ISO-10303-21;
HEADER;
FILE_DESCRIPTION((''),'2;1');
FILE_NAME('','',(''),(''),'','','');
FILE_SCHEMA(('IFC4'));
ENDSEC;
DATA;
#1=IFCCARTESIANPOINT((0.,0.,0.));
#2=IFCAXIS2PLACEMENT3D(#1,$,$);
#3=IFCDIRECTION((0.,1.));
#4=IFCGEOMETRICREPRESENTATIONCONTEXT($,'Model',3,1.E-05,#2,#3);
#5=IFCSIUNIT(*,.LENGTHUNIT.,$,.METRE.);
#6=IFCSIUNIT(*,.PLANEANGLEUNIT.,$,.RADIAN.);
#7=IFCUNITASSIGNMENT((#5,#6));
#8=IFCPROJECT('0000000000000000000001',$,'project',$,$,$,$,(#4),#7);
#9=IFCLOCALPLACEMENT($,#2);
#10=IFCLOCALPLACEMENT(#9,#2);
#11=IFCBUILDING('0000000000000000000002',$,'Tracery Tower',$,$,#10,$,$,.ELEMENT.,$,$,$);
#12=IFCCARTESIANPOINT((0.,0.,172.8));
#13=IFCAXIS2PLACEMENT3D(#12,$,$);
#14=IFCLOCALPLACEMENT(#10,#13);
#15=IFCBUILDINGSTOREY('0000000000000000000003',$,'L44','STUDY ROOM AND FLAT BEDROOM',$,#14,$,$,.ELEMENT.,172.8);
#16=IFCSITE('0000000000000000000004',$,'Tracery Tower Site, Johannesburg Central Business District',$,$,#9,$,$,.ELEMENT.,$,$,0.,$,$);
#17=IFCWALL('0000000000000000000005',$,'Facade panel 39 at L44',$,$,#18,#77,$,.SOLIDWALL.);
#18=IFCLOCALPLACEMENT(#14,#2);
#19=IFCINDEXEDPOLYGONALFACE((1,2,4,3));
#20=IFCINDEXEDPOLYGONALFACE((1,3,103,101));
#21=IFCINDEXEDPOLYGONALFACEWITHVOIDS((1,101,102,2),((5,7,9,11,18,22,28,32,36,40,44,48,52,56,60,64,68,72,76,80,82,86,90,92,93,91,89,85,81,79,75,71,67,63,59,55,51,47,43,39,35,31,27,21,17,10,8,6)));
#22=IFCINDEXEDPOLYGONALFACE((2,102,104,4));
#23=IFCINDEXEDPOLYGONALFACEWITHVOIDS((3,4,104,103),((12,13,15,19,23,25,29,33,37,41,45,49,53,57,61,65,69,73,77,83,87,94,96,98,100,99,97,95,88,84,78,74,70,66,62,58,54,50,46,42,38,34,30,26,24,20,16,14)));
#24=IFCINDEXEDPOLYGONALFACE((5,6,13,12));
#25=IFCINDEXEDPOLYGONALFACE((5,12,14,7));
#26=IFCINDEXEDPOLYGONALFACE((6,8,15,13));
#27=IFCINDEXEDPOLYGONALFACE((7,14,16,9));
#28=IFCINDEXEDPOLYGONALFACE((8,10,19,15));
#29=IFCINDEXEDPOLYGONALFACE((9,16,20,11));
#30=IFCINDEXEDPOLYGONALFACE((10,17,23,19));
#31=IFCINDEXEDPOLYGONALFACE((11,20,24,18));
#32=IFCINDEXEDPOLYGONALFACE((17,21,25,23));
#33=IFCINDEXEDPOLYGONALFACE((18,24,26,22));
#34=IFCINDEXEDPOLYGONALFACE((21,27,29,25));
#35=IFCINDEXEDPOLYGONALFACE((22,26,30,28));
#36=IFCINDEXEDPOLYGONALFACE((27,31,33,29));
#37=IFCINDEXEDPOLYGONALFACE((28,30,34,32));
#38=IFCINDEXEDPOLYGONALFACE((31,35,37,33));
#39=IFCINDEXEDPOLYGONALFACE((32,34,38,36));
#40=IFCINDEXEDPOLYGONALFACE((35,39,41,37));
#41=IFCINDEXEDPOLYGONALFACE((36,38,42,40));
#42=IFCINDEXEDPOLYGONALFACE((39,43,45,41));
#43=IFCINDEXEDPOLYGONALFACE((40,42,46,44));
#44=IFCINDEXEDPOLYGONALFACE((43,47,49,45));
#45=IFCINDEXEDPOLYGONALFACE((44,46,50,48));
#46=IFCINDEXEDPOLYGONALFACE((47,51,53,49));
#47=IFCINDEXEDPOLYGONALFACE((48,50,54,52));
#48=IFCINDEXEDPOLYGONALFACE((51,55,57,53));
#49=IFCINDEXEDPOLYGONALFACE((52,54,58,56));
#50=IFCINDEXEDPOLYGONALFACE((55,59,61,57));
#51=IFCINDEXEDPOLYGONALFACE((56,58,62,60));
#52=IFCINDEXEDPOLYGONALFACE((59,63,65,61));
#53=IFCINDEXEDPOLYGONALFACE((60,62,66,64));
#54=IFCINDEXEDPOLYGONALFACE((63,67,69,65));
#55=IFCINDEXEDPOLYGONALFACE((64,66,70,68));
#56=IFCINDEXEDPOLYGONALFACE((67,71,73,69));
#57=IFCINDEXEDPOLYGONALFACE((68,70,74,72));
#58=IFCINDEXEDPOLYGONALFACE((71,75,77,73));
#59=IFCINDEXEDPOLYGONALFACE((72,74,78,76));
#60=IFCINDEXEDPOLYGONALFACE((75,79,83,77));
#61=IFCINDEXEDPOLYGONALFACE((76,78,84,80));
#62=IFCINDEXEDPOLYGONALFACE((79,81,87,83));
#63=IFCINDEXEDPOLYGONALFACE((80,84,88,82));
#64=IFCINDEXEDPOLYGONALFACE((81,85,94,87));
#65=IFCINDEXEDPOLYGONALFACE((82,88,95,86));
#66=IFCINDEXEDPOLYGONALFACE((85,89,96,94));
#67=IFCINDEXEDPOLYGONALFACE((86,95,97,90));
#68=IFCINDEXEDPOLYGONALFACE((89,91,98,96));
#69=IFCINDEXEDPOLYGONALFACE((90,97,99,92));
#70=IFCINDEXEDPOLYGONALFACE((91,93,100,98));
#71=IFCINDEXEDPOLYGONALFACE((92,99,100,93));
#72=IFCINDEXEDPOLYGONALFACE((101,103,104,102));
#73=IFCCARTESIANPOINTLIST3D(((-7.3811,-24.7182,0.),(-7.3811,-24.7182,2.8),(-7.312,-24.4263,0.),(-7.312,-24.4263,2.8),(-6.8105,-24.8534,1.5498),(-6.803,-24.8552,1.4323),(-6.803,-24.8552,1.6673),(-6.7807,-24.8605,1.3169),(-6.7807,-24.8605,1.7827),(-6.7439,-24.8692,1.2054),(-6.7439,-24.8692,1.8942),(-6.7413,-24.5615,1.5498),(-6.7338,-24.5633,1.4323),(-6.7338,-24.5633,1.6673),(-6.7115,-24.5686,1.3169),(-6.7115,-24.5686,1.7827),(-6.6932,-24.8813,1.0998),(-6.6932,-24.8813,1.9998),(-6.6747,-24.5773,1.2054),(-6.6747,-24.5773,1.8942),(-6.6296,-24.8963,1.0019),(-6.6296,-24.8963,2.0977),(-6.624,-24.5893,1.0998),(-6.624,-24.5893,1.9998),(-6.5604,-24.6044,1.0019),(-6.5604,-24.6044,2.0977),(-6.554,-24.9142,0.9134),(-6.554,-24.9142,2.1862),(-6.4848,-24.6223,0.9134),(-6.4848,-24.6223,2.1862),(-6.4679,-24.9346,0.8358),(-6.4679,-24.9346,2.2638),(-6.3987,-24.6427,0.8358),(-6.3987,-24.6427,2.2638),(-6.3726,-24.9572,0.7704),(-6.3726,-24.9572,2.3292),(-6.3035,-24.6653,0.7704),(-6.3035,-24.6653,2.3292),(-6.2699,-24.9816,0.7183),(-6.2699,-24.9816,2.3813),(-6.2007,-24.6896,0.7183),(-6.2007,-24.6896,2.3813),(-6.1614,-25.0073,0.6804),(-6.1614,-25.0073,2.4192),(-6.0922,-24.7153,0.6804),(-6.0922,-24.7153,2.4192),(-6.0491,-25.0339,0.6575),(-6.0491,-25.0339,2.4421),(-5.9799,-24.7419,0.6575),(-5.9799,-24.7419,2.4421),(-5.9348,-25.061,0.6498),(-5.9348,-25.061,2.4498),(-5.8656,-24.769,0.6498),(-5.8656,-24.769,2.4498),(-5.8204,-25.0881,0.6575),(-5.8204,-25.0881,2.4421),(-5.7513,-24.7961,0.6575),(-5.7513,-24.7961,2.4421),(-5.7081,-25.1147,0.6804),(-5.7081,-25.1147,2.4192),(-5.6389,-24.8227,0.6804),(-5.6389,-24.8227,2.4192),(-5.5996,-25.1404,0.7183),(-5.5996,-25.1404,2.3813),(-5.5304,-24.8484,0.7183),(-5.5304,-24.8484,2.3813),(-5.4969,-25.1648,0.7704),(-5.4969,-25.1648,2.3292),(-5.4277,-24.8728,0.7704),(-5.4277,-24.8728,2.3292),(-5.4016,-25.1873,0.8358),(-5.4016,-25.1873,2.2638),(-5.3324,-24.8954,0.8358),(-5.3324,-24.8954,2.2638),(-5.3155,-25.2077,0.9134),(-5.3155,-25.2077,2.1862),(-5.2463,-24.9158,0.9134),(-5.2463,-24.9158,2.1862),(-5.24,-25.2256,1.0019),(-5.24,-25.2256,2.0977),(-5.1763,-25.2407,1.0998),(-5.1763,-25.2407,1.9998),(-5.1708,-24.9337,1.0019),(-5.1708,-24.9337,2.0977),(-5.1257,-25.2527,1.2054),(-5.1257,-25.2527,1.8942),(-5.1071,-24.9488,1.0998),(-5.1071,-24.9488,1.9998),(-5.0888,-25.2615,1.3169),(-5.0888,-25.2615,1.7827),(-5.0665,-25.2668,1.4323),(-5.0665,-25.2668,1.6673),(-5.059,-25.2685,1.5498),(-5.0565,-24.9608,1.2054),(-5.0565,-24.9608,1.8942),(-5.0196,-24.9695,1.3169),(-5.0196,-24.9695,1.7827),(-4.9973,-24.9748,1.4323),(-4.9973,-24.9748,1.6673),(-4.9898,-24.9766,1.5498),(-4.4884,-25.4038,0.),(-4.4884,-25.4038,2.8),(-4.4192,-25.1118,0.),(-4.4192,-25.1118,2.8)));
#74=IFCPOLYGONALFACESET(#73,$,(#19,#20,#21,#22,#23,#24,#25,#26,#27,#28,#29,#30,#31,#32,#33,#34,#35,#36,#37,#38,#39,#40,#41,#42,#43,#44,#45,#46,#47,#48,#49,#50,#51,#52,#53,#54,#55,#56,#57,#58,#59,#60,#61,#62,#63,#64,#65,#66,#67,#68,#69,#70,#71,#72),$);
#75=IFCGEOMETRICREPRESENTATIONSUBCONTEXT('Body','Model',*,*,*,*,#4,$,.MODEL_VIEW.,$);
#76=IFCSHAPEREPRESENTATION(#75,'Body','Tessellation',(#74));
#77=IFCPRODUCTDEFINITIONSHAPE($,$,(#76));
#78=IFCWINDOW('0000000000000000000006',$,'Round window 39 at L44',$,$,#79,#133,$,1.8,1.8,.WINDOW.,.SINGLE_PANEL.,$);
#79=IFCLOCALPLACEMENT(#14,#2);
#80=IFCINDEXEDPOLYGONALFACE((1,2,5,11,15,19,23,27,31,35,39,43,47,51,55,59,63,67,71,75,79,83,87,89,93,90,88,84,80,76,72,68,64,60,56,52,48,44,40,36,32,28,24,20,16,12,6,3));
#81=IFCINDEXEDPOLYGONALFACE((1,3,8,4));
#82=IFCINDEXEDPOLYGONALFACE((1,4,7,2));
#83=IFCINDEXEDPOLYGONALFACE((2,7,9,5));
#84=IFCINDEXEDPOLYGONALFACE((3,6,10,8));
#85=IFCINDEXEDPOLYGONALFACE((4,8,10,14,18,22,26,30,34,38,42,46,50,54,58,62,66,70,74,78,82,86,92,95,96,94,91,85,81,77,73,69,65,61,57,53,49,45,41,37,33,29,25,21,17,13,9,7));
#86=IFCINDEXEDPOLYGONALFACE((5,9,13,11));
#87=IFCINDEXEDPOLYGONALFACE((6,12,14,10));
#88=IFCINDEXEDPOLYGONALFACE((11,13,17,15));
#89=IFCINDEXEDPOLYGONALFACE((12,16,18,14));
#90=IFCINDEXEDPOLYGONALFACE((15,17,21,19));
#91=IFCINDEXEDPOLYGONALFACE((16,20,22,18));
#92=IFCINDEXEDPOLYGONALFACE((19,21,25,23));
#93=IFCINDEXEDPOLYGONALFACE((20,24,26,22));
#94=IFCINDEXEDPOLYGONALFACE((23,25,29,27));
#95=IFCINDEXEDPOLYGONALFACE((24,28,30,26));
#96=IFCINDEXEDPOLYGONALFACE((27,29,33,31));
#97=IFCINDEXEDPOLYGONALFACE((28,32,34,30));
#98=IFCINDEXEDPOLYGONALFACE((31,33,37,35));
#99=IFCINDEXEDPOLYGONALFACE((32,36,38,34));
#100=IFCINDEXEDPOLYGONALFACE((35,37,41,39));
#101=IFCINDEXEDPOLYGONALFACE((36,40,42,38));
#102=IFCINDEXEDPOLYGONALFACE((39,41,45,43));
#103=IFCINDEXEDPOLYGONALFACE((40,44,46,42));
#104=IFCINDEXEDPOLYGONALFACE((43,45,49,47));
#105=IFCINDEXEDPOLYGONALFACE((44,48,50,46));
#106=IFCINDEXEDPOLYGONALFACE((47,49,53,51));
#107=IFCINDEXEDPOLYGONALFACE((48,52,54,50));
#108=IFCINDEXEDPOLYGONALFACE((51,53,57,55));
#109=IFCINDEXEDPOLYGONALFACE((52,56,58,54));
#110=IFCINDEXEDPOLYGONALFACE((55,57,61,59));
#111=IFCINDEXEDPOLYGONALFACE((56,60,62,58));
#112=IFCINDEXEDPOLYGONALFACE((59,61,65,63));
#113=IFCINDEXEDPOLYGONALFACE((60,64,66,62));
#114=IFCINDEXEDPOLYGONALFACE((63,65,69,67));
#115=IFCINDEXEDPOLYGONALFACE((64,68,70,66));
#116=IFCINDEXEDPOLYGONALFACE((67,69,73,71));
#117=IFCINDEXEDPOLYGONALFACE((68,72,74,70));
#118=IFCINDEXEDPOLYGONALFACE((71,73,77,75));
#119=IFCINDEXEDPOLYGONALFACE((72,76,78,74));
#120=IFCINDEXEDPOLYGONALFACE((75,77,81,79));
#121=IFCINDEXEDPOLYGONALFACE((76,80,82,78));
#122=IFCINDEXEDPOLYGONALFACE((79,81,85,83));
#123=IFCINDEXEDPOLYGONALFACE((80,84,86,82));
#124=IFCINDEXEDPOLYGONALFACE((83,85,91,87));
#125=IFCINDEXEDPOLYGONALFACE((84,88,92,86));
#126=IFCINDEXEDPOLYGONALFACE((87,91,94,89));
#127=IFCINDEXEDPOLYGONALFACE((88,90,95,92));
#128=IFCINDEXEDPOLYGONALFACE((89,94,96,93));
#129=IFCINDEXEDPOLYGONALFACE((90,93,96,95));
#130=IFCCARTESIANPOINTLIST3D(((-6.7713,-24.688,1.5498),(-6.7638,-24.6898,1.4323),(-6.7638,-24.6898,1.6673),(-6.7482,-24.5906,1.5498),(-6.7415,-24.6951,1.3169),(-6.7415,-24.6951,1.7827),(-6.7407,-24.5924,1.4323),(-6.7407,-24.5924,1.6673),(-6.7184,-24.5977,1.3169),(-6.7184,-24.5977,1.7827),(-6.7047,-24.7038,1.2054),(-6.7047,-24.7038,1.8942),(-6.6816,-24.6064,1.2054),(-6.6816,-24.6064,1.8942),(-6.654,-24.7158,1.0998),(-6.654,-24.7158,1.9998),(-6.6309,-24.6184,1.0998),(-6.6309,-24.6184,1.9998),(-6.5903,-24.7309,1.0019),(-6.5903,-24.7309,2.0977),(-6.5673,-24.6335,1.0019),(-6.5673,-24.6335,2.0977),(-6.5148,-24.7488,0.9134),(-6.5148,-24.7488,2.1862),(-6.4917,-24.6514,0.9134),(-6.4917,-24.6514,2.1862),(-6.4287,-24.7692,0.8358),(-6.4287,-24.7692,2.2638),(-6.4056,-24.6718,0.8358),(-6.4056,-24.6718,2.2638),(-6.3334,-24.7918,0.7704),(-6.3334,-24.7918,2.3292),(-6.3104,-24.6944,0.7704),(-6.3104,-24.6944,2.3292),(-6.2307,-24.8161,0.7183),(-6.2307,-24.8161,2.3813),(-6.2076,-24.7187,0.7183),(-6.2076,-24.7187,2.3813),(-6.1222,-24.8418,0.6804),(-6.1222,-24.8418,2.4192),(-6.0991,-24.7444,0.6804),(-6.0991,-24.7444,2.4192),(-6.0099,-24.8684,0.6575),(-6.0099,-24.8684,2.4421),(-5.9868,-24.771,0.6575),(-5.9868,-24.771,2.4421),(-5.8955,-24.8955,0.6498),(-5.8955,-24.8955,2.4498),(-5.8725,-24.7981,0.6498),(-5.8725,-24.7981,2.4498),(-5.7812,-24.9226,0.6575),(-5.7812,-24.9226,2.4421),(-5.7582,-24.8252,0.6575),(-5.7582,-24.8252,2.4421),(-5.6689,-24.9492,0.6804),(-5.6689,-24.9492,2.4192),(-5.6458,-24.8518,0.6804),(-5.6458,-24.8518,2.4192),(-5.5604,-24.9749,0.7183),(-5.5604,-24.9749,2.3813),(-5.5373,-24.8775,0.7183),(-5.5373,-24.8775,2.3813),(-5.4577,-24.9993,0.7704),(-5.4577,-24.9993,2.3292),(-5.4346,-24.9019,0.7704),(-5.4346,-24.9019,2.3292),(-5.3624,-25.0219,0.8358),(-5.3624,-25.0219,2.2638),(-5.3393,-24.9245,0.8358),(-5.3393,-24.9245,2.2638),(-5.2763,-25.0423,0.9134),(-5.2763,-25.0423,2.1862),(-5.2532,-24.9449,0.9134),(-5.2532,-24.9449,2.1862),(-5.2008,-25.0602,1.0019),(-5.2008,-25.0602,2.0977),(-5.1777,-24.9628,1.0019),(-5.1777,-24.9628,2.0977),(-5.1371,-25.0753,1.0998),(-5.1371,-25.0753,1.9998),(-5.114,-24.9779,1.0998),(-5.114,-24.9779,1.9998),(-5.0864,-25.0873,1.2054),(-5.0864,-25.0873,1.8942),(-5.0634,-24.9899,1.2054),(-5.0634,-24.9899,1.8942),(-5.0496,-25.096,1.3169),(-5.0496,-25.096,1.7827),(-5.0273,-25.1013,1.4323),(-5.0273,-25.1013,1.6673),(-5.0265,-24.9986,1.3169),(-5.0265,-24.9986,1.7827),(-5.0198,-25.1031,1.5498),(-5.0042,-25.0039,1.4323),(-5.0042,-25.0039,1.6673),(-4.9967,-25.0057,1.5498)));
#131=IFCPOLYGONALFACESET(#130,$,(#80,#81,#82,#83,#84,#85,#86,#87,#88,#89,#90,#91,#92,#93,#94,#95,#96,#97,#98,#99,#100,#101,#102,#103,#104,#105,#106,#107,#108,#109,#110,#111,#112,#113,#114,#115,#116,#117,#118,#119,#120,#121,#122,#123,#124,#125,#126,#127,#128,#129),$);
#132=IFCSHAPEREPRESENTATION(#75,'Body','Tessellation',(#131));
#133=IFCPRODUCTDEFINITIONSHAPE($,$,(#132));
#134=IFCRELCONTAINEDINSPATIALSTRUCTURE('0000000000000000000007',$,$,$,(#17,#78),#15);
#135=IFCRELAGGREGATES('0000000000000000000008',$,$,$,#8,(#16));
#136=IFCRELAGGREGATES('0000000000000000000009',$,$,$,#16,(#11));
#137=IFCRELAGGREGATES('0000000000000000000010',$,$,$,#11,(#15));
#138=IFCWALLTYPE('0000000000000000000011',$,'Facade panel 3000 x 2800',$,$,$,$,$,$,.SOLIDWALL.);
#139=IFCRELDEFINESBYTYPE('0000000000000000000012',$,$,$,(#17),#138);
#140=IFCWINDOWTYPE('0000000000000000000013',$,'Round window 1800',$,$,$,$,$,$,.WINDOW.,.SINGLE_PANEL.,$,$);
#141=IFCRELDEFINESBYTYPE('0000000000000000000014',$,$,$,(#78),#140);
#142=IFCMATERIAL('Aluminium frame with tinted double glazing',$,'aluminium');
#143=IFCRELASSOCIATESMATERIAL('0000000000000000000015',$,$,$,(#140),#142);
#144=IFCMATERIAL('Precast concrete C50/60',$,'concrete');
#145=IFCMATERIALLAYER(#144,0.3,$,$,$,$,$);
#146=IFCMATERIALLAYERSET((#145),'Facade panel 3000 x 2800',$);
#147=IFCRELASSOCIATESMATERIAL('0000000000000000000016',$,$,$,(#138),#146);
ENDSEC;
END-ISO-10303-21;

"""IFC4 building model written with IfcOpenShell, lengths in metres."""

from ifc_helpers import new_model, si_unit, direction, frame, frame_2d, origin, origin_2d, place, context, subcontext, project, spatial, rectangle, circle, extrude, material, layer, layer_set, type_object, element, fill, save


model = new_model("IFC4")

# Units and contexts
model_context = context("Model", 3, precision=1e-05, world=origin(), true_north=direction((0.0, 1.0)))
body_context = subcontext(model_context, "Body", "Model", "MODEL_VIEW")
ifc_project = project(units=[si_unit("LENGTHUNIT", "METRE"), si_unit("PLANEANGLEUNIT", "RADIAN")], contexts=[model_context])

# Site, building, storey
site_placement = place(None, origin())
site = spatial("IfcSite", under=ifc_project, at=site_placement, Name="Tracery Tower Site, Johannesburg Central Business District", CompositionType="ELEMENT", RefElevation=0.0)
building_placement = place(site_placement, origin())
building = spatial("IfcBuilding", under=site, at=building_placement, Name="Tracery Tower", CompositionType="ELEMENT")
storey_placement = place(building_placement, frame((0.0, 0.0, 172.8)))
storey = spatial("IfcBuildingStorey", under=building, at=storey_placement, Name="L44", Description="STUDY ROOM AND FLAT BEDROOM", CompositionType="ELEMENT", Elevation=172.8)

# Wall, opening, window
ifc_material_1 = material(Name="Aluminium frame with tinted double glazing", Category="aluminium")
window_type = type_object("IfcWindowType", Name="Round window 1800", PartitioningType="SINGLE_PANEL", PredefinedType="WINDOW", material=ifc_material_1)
ifc_material_2 = material(Name="Precast concrete C50/60", Category="concrete")
ifc_layer_1 = layer(ifc_material_2, 0.3)
ifc_layer_set_1 = layer_set([ifc_layer_1], Name="Facade panel 3000 x 2800")
wall_type_1 = type_object("IfcWallType", Name="Facade panel 3000 x 2800", PredefinedType="SOLIDWALL", material=ifc_layer_set_1)
wall_1_placement = place(storey_placement, frame((-7.3464, -24.5723, 0.0), z_axis=(0.0, 0.0, 1.0), x_axis=(0.97305, -0.230595, 0.0)))
wall_1 = element("IfcWall", 1, at=wall_1_placement, inside=storey, type_object=wall_type_1, Name="Facade panel 39 at L44", PredefinedType="SOLIDWALL", context=body_context, shape_type="SweptSolid", body=[
    extrude(rectangle(XDim=2.9729, YDim=0.3, at=frame_2d((1.4863, 0.0))), origin(), (0.0, 0.0, 1.0), 2.8),
])
opening_1_placement = place(wall_1_placement, frame((1.4863, 0.0, 1.5498)))
opening_1 = element("IfcOpeningElement", 2, at=opening_1_placement, cuts=wall_1, PredefinedType="OPENING", context=body_context, shape_type="SweptSolid", body=[
    extrude(circle(Radius=0.9, at=origin_2d()), frame((0.0, 0.1599, 0.0), z_axis=(0.0, -1.0, 0.0), x_axis=(1.0, 0.0, 0.0)), (0.0, 0.0, 1.0), 0.3201),
])
window_1_placement = place(opening_1_placement, origin())
window_1 = element("IfcWindow", 3, at=window_1_placement, inside=storey, type_object=window_type, Name="Round window 39 at L44", OverallHeight=1.8, OverallWidth=1.8, PartitioningType="SINGLE_PANEL", PredefinedType="WINDOW", context=body_context, shape_type="SweptSolid", body=[
    extrude(circle(Radius=0.9, at=origin_2d()), frame((0.0, 0.1201, 0.0), z_axis=(0.0, -1.0, 0.0), x_axis=(1.0, 0.0, 0.0)), (0.0, 0.0, 1.0), 0.1001),
])
fill(opening_1, window_1)

save(model, "model.ifc")
